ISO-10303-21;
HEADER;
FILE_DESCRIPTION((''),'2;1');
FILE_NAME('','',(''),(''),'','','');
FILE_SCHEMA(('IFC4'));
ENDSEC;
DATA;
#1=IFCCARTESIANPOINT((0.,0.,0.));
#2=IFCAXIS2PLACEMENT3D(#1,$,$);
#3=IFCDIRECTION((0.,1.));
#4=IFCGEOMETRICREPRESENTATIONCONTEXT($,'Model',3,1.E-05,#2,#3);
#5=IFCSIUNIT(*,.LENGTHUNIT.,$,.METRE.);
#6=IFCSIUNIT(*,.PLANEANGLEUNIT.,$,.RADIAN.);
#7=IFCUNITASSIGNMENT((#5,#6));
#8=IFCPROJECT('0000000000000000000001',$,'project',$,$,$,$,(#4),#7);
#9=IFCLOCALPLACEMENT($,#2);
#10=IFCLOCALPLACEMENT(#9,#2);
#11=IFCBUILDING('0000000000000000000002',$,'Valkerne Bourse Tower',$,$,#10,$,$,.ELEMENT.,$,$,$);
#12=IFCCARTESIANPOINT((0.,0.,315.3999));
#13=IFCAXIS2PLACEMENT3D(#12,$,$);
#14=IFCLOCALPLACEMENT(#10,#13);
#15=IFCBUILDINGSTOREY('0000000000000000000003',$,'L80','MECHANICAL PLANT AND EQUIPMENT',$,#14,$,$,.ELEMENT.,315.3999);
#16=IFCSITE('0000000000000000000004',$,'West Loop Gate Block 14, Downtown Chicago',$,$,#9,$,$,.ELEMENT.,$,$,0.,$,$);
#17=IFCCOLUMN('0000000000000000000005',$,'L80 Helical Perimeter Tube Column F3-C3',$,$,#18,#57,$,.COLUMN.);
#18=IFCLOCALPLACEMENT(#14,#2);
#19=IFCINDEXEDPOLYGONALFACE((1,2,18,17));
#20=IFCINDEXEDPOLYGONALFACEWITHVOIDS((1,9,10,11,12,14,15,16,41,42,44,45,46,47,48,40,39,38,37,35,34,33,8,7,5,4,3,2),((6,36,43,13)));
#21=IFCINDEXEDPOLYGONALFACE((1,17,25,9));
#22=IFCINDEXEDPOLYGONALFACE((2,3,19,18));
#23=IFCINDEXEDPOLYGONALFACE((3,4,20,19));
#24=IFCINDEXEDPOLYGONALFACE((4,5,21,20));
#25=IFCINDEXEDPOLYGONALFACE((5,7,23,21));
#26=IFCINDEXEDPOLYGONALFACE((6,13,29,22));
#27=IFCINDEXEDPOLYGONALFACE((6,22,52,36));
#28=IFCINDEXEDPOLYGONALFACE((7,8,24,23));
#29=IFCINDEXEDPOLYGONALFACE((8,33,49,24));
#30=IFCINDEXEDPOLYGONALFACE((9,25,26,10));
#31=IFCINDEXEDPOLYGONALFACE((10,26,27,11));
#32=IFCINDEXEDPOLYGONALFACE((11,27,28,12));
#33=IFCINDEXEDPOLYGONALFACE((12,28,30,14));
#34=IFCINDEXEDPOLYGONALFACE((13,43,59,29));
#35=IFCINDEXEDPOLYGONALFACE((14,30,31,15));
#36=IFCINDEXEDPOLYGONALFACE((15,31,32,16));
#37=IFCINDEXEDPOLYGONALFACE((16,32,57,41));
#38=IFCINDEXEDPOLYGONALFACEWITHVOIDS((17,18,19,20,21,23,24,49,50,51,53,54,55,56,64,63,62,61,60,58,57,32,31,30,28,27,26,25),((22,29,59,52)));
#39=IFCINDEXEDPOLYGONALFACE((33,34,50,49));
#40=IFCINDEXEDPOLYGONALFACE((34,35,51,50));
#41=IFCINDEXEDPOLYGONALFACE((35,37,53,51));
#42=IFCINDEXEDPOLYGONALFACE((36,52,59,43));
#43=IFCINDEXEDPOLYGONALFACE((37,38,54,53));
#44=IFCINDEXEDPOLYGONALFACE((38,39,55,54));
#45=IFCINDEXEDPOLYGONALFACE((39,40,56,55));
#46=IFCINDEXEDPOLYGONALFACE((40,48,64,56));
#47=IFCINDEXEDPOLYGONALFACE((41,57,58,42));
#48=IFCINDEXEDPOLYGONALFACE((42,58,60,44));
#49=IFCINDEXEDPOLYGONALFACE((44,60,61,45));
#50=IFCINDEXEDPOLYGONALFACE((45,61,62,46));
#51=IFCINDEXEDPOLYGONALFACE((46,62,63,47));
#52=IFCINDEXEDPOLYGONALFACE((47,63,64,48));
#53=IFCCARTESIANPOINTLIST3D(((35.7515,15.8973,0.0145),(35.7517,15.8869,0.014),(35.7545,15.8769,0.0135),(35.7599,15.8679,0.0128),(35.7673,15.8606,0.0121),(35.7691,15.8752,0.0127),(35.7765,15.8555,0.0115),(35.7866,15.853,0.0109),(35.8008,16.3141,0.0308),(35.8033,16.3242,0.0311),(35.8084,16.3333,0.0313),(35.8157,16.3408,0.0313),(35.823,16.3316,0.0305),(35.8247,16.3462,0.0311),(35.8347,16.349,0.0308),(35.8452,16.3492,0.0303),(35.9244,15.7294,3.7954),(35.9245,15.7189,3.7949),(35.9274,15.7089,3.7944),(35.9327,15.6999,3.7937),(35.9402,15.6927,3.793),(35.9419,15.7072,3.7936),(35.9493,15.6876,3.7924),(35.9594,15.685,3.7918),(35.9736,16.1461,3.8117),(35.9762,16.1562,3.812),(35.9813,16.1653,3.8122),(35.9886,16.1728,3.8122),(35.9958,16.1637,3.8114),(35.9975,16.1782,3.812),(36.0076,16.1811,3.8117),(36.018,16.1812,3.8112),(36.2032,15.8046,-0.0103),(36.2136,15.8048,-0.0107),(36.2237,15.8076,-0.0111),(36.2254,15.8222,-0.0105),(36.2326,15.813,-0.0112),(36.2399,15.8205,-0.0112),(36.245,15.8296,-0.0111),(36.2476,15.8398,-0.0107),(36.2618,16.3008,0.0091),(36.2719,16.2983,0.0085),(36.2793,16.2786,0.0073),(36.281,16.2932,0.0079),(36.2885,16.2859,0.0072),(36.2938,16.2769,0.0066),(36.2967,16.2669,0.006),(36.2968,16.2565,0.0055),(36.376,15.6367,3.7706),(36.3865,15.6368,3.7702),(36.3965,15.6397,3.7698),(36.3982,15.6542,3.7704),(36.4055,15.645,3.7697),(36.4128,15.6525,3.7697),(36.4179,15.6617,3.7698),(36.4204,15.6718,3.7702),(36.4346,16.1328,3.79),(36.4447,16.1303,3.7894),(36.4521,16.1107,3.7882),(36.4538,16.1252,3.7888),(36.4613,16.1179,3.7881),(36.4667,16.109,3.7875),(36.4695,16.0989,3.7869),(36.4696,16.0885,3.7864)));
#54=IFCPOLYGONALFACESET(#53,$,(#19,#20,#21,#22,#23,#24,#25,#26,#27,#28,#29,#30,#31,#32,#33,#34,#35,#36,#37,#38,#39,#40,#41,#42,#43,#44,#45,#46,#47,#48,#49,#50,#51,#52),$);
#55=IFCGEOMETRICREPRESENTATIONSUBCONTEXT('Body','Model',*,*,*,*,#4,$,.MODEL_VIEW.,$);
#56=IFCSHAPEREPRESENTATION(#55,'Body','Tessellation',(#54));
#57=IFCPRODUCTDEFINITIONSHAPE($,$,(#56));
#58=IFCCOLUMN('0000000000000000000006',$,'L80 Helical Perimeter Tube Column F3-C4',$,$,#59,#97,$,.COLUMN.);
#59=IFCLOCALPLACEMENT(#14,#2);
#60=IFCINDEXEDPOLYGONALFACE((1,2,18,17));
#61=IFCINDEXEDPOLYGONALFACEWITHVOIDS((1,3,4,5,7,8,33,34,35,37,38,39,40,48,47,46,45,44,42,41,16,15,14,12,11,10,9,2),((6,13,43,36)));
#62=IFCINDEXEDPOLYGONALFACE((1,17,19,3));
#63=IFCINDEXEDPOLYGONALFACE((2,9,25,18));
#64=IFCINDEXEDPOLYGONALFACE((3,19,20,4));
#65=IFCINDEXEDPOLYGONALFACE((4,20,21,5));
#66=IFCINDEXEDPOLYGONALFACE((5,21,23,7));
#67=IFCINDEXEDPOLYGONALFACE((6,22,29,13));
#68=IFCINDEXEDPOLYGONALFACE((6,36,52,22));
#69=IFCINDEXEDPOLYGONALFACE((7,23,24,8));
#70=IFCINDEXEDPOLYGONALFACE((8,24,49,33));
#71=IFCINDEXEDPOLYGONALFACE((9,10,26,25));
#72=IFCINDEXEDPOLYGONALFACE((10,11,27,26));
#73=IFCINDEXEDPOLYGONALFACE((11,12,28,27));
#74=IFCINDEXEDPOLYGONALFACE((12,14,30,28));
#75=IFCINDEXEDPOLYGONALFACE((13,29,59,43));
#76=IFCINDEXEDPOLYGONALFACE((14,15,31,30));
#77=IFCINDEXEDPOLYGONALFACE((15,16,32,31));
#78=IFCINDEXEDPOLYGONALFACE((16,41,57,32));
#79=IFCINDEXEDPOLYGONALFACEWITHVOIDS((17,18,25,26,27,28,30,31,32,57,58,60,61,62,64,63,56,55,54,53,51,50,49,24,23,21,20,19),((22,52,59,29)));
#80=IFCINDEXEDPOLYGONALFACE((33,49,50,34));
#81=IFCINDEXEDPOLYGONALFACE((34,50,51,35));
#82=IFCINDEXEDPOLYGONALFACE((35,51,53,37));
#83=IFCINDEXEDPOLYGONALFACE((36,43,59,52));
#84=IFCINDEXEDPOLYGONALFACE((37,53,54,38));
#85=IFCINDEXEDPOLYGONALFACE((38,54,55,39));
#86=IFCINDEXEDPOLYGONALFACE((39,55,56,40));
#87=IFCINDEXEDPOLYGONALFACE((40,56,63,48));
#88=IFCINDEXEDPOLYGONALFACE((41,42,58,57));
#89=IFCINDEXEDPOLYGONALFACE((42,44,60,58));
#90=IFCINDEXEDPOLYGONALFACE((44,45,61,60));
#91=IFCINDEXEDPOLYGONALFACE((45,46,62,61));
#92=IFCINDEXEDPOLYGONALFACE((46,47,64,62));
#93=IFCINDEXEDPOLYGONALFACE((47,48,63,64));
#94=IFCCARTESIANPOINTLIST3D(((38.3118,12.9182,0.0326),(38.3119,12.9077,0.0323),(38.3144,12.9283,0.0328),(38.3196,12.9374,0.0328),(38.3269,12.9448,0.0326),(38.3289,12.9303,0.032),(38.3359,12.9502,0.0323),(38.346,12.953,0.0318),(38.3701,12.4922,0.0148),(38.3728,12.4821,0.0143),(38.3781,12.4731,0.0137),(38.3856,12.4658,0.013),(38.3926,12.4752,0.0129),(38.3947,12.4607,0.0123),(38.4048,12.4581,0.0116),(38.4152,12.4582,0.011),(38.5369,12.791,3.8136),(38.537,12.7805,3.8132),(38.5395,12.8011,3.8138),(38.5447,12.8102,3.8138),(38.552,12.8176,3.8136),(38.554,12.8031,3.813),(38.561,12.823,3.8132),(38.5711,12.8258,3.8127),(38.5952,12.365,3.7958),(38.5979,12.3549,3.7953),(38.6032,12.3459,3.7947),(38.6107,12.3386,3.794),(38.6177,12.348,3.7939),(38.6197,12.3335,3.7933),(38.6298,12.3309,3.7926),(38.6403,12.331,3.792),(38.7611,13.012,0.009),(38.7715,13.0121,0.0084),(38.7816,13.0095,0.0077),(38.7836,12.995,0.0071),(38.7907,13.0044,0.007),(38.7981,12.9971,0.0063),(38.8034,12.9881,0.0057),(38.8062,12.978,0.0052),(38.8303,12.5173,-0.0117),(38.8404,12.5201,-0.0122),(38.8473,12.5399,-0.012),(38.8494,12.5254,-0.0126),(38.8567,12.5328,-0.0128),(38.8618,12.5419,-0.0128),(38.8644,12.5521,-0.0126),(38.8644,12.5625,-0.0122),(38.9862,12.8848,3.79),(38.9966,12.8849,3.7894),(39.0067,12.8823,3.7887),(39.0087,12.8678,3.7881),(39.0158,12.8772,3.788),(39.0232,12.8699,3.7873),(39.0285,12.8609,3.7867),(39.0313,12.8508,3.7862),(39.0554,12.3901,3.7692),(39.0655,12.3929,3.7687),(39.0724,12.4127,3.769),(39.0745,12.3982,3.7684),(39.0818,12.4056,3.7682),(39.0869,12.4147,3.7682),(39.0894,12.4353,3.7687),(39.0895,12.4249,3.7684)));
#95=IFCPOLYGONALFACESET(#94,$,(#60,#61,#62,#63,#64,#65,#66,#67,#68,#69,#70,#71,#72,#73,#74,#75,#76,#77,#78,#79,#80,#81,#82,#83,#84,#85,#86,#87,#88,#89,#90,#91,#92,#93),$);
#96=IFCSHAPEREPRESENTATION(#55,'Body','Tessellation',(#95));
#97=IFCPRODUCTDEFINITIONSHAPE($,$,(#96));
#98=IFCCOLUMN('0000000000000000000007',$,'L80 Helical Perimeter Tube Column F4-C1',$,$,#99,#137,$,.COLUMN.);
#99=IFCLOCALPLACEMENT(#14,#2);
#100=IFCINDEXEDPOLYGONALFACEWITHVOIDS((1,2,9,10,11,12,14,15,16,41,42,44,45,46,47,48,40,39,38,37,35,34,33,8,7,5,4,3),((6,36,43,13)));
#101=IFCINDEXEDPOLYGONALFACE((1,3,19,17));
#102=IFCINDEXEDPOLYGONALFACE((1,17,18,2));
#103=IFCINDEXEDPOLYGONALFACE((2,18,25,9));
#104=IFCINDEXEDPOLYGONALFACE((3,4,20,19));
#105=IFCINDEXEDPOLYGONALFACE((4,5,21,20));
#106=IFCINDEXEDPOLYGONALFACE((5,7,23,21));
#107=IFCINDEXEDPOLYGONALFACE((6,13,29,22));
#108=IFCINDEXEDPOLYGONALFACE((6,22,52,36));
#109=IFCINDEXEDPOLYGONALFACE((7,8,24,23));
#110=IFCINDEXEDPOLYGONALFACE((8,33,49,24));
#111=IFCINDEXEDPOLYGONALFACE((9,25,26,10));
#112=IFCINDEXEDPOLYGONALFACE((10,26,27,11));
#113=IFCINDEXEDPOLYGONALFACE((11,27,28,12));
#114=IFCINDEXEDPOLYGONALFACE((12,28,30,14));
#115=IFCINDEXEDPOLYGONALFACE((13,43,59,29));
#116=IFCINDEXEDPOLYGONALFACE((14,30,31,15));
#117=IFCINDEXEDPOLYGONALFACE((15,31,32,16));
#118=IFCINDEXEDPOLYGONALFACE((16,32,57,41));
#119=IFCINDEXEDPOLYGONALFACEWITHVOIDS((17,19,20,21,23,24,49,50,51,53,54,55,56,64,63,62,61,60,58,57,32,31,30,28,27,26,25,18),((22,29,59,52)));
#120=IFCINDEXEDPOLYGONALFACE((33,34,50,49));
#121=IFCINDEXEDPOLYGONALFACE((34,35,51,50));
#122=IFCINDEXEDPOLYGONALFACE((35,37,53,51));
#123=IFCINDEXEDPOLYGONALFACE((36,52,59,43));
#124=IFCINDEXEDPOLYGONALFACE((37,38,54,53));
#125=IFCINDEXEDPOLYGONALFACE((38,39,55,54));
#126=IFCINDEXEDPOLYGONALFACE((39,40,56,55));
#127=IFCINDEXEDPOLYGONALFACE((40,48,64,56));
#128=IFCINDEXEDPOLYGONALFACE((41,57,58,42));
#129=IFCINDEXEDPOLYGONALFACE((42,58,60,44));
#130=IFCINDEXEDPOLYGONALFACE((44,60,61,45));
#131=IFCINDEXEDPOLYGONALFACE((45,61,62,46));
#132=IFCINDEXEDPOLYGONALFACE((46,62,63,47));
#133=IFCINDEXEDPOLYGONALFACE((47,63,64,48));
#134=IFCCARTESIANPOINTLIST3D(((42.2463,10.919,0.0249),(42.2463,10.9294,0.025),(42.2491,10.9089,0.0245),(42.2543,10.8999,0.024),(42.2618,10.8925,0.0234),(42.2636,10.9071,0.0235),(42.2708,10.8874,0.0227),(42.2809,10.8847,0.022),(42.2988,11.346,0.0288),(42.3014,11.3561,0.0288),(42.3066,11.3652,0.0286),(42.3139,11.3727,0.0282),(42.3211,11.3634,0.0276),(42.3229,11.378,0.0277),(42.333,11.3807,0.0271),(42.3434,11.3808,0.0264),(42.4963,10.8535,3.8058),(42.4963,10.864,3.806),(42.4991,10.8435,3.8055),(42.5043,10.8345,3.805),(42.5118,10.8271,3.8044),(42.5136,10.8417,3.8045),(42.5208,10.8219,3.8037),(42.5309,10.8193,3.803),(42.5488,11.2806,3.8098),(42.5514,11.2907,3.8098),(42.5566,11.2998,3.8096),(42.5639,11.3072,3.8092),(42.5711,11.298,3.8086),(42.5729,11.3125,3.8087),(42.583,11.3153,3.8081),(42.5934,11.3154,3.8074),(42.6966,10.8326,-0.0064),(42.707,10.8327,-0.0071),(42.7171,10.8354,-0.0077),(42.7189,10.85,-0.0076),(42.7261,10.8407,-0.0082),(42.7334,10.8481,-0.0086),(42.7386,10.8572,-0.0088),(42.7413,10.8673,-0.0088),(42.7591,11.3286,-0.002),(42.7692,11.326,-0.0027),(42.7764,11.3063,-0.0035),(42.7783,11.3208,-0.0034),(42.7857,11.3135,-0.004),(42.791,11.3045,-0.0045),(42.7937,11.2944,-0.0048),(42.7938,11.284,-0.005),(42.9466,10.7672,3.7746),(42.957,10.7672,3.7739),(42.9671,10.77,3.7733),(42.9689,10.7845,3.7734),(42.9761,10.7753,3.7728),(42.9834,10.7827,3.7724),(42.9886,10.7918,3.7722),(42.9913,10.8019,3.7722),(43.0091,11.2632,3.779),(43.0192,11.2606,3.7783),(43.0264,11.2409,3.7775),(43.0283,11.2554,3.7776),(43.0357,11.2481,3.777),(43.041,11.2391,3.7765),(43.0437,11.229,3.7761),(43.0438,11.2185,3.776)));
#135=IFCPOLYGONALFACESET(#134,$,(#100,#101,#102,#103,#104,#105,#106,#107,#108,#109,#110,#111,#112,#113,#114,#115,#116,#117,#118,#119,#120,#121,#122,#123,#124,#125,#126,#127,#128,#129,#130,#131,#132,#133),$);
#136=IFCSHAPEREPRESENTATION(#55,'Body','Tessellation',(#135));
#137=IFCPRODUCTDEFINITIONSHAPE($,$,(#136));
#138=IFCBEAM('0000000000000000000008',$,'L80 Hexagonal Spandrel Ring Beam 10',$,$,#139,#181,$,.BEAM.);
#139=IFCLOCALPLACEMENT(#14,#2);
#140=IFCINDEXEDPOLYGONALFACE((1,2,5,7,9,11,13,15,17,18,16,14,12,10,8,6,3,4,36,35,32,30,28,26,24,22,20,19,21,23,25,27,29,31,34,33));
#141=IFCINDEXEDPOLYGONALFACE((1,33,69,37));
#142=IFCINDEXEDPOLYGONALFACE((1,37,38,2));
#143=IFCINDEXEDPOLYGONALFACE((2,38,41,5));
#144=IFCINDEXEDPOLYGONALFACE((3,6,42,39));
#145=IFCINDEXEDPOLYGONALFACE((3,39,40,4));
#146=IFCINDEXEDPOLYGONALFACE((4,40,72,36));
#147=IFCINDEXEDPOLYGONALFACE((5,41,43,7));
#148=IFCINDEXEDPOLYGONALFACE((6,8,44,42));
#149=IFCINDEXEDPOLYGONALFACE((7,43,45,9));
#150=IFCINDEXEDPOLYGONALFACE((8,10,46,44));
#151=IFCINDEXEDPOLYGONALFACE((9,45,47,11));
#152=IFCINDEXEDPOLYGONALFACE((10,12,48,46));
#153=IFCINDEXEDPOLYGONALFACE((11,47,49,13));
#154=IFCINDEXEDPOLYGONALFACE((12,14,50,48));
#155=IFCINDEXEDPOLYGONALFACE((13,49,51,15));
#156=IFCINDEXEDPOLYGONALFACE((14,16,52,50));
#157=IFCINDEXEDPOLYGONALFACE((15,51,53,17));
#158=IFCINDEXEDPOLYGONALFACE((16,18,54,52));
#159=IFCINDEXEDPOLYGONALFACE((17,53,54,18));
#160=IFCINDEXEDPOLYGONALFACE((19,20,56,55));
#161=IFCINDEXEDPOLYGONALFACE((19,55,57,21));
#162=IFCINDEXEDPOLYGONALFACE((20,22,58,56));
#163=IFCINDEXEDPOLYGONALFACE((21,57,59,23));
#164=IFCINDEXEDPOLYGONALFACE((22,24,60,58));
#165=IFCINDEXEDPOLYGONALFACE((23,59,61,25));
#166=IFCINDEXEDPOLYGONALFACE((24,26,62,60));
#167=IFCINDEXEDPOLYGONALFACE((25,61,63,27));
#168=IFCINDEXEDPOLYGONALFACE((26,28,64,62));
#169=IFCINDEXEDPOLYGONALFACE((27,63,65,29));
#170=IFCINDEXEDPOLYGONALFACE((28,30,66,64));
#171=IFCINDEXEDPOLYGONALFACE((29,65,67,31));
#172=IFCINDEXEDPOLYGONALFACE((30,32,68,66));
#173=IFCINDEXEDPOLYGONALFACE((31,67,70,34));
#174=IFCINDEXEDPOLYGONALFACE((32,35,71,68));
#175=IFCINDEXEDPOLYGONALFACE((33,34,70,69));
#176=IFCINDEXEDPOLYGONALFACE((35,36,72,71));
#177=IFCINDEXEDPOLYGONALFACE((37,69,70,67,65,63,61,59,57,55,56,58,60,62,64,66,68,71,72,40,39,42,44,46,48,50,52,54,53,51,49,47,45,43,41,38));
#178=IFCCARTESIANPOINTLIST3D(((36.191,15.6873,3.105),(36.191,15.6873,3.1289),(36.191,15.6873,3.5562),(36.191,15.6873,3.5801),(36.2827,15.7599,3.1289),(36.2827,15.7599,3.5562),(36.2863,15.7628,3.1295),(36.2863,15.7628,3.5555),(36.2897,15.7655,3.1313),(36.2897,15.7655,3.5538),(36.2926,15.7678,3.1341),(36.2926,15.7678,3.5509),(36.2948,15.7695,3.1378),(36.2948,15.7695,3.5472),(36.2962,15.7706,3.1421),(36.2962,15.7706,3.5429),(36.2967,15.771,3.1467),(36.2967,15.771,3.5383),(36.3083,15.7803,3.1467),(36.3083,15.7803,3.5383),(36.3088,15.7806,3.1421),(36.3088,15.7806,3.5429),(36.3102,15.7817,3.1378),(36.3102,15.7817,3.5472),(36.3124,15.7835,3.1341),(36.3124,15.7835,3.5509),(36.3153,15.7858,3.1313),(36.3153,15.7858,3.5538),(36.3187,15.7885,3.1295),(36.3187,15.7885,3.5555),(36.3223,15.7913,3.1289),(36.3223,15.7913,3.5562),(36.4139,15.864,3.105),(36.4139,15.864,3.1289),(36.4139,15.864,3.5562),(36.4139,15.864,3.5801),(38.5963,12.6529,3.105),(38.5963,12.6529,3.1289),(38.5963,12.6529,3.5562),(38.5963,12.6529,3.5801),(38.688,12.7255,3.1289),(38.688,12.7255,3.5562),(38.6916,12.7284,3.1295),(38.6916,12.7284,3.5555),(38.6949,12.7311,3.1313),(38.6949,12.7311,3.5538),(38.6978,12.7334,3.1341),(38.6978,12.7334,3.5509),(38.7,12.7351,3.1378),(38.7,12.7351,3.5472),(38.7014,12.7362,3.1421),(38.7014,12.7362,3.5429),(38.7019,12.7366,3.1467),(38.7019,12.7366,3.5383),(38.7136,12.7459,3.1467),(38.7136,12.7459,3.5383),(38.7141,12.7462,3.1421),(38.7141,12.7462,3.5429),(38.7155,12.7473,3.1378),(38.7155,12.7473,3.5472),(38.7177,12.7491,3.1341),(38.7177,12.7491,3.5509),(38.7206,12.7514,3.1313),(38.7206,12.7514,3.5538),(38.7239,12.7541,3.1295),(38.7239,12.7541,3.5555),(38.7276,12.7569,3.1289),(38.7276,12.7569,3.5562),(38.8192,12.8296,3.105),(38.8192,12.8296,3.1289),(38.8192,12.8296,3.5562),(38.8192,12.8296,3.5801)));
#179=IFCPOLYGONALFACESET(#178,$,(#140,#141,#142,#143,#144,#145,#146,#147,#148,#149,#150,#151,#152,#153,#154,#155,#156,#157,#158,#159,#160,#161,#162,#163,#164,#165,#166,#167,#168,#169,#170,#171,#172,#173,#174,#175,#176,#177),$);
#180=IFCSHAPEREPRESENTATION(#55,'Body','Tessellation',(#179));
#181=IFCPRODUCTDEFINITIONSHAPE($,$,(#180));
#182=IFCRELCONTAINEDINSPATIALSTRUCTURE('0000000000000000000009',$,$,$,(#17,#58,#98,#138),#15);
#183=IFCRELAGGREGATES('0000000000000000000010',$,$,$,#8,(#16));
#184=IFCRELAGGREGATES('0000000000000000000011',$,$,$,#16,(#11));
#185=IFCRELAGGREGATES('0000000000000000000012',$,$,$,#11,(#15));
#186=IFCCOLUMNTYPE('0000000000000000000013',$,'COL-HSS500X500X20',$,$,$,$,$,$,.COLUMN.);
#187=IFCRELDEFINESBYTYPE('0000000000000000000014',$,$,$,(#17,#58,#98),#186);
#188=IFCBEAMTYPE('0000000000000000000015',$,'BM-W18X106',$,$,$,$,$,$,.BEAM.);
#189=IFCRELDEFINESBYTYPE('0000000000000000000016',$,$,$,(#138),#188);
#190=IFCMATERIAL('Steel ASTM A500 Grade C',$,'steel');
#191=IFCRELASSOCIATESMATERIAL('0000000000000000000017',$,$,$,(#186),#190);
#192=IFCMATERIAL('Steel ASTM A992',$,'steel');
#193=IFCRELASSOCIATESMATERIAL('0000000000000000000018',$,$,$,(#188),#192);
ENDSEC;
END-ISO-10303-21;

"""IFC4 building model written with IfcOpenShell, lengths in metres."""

from ifc_helpers import new_model, si_unit, direction, frame, origin, origin_2d, place, context, subcontext, project, spatial, hollow_rectangle, i_section, extrude, material, material_profile, profile_set, type_object, element, save


model = new_model("IFC4")

# Units and contexts
model_context = context("Model", 3, precision=1e-05, world=origin(), true_north=direction((0.0, 1.0)))
body_context = subcontext(model_context, "Body", "Model", "MODEL_VIEW")
ifc_project = project(units=[si_unit("LENGTHUNIT", "METRE"), si_unit("PLANEANGLEUNIT", "RADIAN")], contexts=[model_context])

# Site, building, storey
site_placement = place(None, origin())
site = spatial("IfcSite", under=ifc_project, at=site_placement, Name="West Loop Gate Block 14, Downtown Chicago", CompositionType="ELEMENT", RefElevation=0.0)
building_placement = place(site_placement, origin())
building = spatial("IfcBuilding", under=site, at=building_placement, Name="Valkerne Bourse Tower", CompositionType="ELEMENT")
storey_placement = place(building_placement, frame((0.0, 0.0, 315.3999)))
storey = spatial("IfcBuildingStorey", under=building, at=storey_placement, Name="L80", Description="MECHANICAL PLANT AND EQUIPMENT", CompositionType="ELEMENT", Elevation=315.3999)

# Columns
ifc_material_1 = material(Name="Steel ASTM A500 Grade C", Category="steel")
ifc_material_profile_1 = material_profile(ifc_material_1, hollow_rectangle(XDim=0.5, YDim=0.5, WallThickness=0.02, OuterFilletRadius=0.04, at=origin_2d()), Name="HSS500X500X20")
ifc_profile_set_1 = profile_set([ifc_material_profile_1], Name="Steel ASTM A500 Grade C")
column_type = type_object("IfcColumnType", Name="COL-HSS500X500X20", PredefinedType="COLUMN", material=ifc_profile_set_1)
column_placement = place(storey_placement, frame((36.0242, 16.0769, 0.01), z_axis=(0.045623, -0.044334, 0.997974), x_axis=(0.99206, -0.11519, -0.05047)))
element("IfcColumn", 1, at=column_placement, inside=storey, type_object=column_type, Name="L80 Helical Perimeter Tube Column F3-C3", PredefinedType="COLUMN", context=body_context, shape_type="SweptSolid", body=[
    extrude(hollow_rectangle(XDim=0.5, YDim=0.5, WallThickness=0.02, OuterFilletRadius=0.04, at=origin_2d()), origin(), (0.0, 0.0, 1.0), 3.7886),
])
for number, where, z_axis, x_axis, name in (
    (2, (38.5881, 12.7351, 0.01), (0.059395, -0.033563, 0.99767), (0.988585, 0.140605, -0.054124), "L80 Helical Perimeter Tube Column F3-C4"),
    (3, (42.52, 11.1067, 0.01), (0.065966, -0.017265, 0.997672), (0.125046, 0.992111, 0.0089), "L80 Helical Perimeter Tube Column F4-C1"),
):
    element("IfcColumn", number, at=place(storey_placement, frame(where, z_axis=z_axis, x_axis=x_axis)), inside=storey, type_object=column_type, Name=name, PredefinedType="COLUMN", context=body_context, shape_type="SweptSolid", body=[
        extrude(hollow_rectangle(XDim=0.5, YDim=0.5, WallThickness=0.02, OuterFilletRadius=0.04, at=origin_2d()), origin(), (0.0, 0.0, 1.0), 3.7898),
    ])

# Beam
ifc_material_2 = material(Name="Steel ASTM A992", Category="steel")
ifc_material_profile_2 = material_profile(ifc_material_2, i_section(OverallWidth=0.2844, OverallDepth=0.4751, WebThickness=0.0149, FlangeThickness=0.0239, FilletRadius=0.0178, at=origin_2d()), Name="W18X106")
ifc_profile_set_2 = profile_set([ifc_material_profile_2], Name="Steel ASTM A992")
beam_type_1 = type_object("IfcBeamType", Name="BM-W18X106", PredefinedType="BEAM", material=ifc_profile_set_2)
beam_1_placement = place(storey_placement, frame((36.3025, 15.7756, 3.3425), z_axis=(0.621182, -0.783666, 0.0), x_axis=(0.783666, 0.621182, 0.0)))
element("IfcBeam", 4, at=beam_1_placement, inside=storey, type_object=beam_type_1, Name="L80 Hexagonal Spandrel Ring Beam 10", PredefinedType="BEAM", context=body_context, shape_type="SweptSolid", body=[
    extrude(i_section(OverallWidth=0.2844, OverallDepth=0.4751, WebThickness=0.0149, FlangeThickness=0.0239, FilletRadius=0.0178, at=origin_2d()), origin(), (0.0, 0.0, 1.0), 3.8721),
])

save(model, "model.ifc")
